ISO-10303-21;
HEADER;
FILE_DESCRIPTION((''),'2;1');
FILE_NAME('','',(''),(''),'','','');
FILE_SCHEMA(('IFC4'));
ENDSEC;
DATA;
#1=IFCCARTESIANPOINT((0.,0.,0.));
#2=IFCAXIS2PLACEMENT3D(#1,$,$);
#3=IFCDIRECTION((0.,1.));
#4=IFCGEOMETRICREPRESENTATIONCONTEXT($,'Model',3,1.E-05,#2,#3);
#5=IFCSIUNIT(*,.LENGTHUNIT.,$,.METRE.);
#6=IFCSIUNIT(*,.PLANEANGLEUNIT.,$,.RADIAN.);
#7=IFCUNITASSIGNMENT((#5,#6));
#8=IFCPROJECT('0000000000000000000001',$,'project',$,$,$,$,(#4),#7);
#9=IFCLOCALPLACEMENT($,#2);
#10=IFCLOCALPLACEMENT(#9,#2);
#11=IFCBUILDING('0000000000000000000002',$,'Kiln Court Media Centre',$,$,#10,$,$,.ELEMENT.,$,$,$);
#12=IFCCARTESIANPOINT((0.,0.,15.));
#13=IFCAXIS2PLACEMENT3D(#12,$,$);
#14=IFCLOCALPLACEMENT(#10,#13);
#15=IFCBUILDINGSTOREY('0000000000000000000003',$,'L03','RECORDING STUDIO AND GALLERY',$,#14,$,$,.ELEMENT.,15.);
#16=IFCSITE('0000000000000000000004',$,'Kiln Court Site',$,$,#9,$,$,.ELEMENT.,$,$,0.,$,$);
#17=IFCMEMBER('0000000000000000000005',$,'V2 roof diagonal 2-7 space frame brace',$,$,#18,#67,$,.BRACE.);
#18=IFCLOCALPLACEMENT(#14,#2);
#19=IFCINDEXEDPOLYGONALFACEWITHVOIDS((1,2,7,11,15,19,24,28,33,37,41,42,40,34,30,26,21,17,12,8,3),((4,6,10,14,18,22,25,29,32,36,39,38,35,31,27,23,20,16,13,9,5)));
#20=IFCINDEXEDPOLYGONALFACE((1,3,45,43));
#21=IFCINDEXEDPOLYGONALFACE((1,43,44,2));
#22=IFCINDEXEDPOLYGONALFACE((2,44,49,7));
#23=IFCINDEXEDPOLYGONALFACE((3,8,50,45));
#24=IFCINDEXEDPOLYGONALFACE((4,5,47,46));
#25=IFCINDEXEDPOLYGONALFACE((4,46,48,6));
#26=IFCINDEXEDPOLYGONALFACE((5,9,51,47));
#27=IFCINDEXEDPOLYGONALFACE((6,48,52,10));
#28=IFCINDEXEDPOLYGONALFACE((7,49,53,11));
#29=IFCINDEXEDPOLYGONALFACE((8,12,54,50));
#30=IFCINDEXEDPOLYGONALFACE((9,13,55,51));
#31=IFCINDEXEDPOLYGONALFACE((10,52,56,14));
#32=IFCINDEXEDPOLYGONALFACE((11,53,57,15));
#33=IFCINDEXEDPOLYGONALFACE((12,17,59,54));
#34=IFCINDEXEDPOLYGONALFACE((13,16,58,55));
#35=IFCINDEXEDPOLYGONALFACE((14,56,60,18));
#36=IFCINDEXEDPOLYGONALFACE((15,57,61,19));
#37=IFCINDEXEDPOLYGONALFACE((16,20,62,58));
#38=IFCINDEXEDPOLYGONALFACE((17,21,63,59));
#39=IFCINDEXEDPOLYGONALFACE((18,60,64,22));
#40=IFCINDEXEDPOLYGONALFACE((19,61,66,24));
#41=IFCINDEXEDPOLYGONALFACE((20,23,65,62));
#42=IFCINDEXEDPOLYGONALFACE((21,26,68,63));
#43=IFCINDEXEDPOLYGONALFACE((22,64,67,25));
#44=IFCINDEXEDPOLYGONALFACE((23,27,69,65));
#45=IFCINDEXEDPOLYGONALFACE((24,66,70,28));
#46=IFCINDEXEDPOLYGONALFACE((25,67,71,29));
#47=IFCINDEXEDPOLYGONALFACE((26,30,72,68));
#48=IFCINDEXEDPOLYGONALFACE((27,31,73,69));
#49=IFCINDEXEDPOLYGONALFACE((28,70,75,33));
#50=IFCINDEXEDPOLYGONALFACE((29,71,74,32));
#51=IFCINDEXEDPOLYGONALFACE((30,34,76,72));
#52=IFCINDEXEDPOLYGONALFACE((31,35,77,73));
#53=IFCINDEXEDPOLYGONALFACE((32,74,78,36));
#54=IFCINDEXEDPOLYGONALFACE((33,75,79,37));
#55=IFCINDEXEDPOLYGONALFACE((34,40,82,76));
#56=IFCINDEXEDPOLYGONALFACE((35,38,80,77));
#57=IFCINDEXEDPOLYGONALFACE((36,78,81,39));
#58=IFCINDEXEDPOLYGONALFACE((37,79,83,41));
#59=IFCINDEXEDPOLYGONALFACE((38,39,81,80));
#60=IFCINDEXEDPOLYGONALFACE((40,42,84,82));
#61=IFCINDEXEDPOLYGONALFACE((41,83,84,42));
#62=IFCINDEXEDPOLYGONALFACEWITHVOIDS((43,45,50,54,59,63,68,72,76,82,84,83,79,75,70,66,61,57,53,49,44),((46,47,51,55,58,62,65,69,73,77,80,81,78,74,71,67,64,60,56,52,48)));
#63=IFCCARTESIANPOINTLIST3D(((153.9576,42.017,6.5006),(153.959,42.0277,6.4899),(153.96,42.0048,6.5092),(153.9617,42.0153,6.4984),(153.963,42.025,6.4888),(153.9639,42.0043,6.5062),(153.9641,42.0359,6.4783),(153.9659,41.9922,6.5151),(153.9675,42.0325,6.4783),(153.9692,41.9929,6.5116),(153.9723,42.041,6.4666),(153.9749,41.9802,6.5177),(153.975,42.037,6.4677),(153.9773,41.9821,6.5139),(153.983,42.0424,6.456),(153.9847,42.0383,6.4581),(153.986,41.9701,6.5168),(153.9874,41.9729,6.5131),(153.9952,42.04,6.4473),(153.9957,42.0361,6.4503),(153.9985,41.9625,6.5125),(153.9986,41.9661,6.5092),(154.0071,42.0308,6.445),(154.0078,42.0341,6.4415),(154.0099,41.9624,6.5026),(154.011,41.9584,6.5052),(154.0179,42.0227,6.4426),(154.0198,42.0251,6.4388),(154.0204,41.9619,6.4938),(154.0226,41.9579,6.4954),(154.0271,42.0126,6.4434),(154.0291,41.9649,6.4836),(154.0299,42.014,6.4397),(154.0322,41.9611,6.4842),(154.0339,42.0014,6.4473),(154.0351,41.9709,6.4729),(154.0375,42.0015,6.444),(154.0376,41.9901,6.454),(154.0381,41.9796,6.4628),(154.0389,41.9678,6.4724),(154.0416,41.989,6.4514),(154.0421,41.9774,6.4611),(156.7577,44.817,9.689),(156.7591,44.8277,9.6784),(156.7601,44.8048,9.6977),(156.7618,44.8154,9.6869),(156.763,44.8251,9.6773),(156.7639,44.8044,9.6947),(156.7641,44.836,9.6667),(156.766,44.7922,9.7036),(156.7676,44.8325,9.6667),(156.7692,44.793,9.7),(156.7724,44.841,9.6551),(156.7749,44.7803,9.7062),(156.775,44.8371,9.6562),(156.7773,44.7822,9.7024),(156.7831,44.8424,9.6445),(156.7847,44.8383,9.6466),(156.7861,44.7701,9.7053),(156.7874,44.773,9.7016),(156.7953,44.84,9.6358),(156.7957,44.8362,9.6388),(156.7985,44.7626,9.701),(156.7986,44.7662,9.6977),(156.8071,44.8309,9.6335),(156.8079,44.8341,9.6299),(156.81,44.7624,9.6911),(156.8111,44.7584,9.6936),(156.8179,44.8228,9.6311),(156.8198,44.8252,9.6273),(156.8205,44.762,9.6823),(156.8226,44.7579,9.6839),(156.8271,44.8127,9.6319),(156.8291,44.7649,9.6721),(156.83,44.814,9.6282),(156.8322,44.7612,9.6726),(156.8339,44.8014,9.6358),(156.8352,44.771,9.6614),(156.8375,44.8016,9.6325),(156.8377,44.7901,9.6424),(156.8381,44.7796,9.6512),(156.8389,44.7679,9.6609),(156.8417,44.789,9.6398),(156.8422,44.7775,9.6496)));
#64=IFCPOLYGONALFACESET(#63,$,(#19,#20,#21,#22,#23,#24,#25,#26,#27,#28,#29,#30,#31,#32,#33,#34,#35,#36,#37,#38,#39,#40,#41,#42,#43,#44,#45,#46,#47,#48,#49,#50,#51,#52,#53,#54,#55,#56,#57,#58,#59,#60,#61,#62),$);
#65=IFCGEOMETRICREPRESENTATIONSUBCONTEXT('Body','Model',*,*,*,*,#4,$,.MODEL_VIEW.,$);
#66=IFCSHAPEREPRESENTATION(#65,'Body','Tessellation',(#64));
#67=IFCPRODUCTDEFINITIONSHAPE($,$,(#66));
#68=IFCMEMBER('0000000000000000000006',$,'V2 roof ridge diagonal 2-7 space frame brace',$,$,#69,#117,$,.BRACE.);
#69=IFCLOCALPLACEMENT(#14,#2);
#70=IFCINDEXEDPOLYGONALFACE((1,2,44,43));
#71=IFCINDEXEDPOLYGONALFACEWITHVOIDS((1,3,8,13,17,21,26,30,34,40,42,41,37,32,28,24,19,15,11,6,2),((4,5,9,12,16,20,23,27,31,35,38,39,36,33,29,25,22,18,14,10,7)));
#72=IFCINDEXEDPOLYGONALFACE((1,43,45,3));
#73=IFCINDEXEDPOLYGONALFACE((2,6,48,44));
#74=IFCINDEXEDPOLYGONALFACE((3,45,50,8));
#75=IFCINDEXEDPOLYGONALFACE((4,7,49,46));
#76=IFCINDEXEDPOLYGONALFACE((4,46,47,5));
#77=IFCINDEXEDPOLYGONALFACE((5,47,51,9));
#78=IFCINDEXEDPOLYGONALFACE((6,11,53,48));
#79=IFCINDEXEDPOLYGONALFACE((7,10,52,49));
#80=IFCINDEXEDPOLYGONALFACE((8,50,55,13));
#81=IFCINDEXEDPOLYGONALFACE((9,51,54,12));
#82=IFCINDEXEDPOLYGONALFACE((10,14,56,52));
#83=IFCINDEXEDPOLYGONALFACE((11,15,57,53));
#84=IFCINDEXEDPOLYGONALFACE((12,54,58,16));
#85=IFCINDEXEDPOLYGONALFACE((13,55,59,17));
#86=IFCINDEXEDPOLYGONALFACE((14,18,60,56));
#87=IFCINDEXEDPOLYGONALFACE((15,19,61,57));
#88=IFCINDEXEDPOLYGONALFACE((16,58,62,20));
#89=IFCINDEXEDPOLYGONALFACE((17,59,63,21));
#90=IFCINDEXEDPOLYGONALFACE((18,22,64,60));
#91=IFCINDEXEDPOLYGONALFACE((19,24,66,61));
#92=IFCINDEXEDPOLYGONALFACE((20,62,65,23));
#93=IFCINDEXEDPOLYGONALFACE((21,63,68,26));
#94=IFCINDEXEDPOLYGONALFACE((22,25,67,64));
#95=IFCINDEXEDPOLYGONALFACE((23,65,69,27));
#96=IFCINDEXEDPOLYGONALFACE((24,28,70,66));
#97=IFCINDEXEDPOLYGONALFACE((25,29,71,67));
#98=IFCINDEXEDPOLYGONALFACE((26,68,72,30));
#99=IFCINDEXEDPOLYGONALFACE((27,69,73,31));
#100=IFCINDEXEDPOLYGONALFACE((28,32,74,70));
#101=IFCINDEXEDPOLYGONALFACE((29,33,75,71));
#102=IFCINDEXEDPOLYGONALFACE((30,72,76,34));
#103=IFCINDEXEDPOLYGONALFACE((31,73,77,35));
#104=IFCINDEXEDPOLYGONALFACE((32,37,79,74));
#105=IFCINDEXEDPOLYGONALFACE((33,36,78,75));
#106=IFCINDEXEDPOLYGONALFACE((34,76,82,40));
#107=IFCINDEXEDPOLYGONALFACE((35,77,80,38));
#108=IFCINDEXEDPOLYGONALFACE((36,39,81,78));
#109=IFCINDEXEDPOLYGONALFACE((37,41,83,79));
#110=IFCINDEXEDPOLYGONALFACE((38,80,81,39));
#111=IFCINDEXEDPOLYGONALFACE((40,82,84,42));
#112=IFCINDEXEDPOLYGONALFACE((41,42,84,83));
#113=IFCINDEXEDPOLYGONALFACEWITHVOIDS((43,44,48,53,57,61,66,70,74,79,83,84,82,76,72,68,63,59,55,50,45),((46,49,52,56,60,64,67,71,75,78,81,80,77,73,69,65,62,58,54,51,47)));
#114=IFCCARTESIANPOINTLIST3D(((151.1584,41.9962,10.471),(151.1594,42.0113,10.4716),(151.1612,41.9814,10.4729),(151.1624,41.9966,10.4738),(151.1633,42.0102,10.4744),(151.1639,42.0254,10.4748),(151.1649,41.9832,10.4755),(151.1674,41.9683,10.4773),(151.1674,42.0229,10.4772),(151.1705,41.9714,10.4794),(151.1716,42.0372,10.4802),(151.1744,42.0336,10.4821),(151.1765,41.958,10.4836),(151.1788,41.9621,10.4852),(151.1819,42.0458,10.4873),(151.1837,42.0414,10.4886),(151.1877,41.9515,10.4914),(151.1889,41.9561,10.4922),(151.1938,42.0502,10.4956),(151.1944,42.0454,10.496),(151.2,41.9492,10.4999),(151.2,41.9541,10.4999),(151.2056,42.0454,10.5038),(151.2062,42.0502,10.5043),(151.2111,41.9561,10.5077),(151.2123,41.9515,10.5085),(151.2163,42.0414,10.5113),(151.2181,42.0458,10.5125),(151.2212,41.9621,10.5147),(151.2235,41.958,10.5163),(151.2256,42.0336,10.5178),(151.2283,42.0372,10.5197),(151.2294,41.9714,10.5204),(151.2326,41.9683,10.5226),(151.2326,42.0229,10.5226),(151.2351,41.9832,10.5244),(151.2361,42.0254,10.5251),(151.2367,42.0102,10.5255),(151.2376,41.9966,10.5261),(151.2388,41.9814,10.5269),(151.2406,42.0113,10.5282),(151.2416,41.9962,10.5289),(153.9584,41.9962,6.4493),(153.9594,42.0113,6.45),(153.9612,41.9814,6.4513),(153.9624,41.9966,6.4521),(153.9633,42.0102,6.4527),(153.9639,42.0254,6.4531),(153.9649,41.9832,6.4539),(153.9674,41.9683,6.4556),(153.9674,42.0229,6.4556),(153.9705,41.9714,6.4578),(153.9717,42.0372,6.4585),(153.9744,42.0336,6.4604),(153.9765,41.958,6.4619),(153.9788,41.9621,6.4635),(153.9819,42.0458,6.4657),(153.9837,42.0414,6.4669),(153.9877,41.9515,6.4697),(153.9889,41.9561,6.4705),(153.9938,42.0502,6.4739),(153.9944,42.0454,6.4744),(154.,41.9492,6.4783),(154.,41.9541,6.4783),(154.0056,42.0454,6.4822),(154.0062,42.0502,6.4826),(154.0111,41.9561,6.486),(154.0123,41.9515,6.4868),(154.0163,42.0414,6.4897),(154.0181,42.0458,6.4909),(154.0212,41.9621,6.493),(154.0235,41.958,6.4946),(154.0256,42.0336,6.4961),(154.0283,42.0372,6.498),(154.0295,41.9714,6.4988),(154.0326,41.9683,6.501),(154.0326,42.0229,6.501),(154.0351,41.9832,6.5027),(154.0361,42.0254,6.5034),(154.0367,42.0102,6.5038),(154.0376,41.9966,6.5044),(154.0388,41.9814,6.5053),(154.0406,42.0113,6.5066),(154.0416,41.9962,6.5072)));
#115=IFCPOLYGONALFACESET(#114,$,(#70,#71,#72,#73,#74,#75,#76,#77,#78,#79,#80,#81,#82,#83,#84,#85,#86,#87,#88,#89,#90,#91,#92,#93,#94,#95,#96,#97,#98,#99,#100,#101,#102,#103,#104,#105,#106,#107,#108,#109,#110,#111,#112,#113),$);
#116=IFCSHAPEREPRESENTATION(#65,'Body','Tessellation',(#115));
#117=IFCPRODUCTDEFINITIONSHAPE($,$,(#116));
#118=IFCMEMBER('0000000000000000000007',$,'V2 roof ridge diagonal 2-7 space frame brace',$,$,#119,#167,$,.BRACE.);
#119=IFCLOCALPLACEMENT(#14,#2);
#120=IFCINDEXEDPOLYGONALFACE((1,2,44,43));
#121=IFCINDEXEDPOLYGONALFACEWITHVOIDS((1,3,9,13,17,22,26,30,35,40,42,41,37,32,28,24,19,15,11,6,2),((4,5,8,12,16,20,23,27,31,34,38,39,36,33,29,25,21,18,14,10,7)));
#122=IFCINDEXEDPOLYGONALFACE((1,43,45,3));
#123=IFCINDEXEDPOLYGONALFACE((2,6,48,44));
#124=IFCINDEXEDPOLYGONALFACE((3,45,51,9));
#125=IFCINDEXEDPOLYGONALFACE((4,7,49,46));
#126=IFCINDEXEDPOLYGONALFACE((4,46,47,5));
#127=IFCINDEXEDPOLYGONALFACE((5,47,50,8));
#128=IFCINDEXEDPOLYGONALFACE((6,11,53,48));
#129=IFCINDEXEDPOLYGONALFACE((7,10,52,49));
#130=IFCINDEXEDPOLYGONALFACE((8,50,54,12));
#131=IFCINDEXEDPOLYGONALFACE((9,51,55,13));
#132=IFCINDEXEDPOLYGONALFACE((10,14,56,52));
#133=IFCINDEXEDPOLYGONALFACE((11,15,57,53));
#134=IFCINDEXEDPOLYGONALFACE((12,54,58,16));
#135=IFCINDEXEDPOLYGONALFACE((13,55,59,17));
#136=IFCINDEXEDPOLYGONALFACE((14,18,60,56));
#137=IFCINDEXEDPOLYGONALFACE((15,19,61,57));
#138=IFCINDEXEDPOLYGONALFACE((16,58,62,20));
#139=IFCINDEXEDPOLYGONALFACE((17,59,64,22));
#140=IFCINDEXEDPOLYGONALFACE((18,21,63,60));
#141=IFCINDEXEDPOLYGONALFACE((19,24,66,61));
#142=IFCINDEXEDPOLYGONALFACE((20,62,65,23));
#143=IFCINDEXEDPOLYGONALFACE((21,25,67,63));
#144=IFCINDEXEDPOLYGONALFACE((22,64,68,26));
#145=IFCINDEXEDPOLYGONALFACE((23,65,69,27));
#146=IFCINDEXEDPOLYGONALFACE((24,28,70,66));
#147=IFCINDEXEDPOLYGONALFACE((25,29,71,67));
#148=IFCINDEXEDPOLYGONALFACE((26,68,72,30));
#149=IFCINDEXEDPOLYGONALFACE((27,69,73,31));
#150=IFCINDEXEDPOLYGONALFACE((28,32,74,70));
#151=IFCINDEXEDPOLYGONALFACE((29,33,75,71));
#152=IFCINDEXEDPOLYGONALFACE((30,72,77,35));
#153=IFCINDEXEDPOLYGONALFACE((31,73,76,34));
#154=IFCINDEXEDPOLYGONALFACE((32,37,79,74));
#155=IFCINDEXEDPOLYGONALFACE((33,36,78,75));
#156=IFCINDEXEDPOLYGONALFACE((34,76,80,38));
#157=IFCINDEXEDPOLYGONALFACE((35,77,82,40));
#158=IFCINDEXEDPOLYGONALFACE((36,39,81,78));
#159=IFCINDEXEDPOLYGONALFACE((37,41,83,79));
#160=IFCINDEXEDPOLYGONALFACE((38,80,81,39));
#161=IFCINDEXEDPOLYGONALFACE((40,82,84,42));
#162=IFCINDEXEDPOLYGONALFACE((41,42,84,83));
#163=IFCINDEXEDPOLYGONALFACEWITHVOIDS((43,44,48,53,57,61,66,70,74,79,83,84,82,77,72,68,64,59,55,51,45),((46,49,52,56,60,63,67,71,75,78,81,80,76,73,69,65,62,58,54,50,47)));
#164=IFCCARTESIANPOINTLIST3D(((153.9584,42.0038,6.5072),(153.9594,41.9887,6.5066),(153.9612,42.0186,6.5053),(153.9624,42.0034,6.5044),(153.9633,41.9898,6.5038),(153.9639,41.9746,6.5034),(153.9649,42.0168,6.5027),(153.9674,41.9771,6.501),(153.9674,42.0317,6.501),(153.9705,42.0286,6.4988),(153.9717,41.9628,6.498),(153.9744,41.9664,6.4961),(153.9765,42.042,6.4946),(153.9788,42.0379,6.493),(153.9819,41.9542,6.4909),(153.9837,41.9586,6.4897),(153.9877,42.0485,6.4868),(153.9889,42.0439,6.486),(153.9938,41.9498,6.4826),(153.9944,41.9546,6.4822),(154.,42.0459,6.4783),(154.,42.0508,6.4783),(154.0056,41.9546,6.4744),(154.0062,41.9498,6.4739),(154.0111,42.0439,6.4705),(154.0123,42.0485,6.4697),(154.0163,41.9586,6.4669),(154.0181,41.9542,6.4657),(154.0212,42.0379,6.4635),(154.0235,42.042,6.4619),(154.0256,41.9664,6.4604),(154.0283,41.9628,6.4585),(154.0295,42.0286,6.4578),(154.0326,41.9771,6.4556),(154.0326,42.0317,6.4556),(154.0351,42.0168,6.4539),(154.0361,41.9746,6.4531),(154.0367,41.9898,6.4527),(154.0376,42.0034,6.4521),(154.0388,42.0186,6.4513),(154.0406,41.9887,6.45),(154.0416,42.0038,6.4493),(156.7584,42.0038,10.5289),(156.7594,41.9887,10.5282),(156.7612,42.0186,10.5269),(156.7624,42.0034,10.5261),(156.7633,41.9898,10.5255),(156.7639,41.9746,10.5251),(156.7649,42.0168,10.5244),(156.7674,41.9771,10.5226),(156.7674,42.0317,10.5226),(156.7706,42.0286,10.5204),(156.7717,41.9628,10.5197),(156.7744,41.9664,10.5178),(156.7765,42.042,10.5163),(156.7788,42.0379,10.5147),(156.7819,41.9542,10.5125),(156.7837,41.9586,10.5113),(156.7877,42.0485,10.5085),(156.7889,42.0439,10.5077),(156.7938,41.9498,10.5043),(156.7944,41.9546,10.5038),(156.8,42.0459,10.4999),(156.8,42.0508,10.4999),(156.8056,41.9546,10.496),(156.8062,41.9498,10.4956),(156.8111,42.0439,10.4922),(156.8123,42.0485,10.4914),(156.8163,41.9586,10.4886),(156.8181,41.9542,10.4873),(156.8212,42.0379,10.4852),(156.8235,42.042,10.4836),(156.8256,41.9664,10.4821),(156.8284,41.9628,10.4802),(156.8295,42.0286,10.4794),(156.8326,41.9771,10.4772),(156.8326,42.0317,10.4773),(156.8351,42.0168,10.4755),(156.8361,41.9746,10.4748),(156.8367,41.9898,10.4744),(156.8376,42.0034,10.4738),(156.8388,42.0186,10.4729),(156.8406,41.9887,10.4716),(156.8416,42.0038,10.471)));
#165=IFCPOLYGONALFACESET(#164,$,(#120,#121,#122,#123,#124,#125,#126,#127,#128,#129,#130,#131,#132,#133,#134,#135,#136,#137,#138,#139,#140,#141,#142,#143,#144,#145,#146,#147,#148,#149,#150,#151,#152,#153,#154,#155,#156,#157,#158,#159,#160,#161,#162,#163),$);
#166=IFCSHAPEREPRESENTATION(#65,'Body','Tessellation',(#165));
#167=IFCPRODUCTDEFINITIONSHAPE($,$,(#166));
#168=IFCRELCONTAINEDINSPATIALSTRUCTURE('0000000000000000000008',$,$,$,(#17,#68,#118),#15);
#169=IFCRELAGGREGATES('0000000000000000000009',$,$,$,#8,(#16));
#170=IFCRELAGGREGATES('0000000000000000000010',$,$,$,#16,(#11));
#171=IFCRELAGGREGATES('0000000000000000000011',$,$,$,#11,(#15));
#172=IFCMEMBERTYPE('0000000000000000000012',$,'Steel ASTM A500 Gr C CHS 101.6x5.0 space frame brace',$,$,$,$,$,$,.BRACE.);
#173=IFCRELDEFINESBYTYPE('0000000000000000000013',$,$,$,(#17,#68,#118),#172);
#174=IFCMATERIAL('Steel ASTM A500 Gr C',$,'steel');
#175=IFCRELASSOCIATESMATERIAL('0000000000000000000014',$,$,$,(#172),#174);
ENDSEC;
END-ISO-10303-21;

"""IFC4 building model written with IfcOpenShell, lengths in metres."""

from ifc_helpers import new_model, si_unit, direction, frame, origin, origin_2d, place, context, subcontext, project, spatial, hollow_circle, extrude, material, material_profile, profile_set, type_object, element, save


model = new_model("IFC4")

# Units and contexts
model_context = context("Model", 3, precision=1e-05, world=origin(), true_north=direction((0.0, 1.0)))
body_context = subcontext(model_context, "Body", "Model", "MODEL_VIEW")
ifc_project = project(units=[si_unit("LENGTHUNIT", "METRE"), si_unit("PLANEANGLEUNIT", "RADIAN")], contexts=[model_context])

# Site, building, storey
site_placement = place(None, origin())
site = spatial("IfcSite", under=ifc_project, at=site_placement, Name="Kiln Court Site", CompositionType="ELEMENT", RefElevation=0.0)
building_placement = place(site_placement, origin())
building = spatial("IfcBuilding", under=site, at=building_placement, Name="Kiln Court Media Centre", CompositionType="ELEMENT")
storey_placement = place(building_placement, frame((0.0, 0.0, 15.0)))
storey = spatial("IfcBuildingStorey", under=building, at=storey_placement, Name="L03", Description="RECORDING STUDIO AND GALLERY", CompositionType="ELEMENT", Elevation=15.0)

# Members
ifc_material_1 = material(Name="Steel ASTM A500 Gr C", Category="steel")
ifc_material_profile_1 = material_profile(ifc_material_1, hollow_circle(Radius=0.0508, WallThickness=0.0049, at=origin_2d()), Name="CHS 101.6x5.0")
ifc_profile_set_1 = profile_set([ifc_material_profile_1], Name="Steel ASTM A500 Gr C")
member_type_1 = type_object("IfcMemberType", Name="Steel ASTM A500 Gr C CHS 101.6x5.0 space frame brace", PredefinedType="BRACE", material=ifc_profile_set_1)
member_1_placement = place(storey_placement, frame((154.0, 42.0, 6.4783), z_axis=(0.550758, 0.550758, 0.627161), x_axis=(-0.707107, 0.707107, 0.0)))
element("IfcMember", 1, at=member_1_placement, inside=storey, type_object=member_type_1, Name="V2 roof diagonal 2-7 space frame brace", PredefinedType="BRACE", context=body_context, shape_type="SweptSolid", body=[
    extrude(hollow_circle(Radius=0.0508, WallThickness=0.0049, at=origin_2d()), origin(), (0.0, 0.0, 1.0), 5.084),
])
for number, where, z_axis, x_axis, name in (
    (2, (154.0, 42.0, 6.4783), (-0.571384, 0.0, 0.820683), (0.0, -1.0, 0.0), "V2 roof ridge diagonal 2-7 space frame brace"),
    (3, (154.0, 42.0, 6.4783), (0.571384, 0.0, 0.820683), (0.0, 1.0, 0.0), "V2 roof ridge diagonal 2-7 space frame brace"),
):
    element("IfcMember", number, at=place(storey_placement, frame(where, z_axis=z_axis, x_axis=x_axis)), inside=storey, type_object=member_type_1, Name=name, PredefinedType="BRACE", context=body_context, shape_type="SweptSolid", body=[
        extrude(hollow_circle(Radius=0.0508, WallThickness=0.0049, at=origin_2d()), origin(), (0.0, 0.0, 1.0), 4.9004),
    ])

save(model, "model.ifc")
